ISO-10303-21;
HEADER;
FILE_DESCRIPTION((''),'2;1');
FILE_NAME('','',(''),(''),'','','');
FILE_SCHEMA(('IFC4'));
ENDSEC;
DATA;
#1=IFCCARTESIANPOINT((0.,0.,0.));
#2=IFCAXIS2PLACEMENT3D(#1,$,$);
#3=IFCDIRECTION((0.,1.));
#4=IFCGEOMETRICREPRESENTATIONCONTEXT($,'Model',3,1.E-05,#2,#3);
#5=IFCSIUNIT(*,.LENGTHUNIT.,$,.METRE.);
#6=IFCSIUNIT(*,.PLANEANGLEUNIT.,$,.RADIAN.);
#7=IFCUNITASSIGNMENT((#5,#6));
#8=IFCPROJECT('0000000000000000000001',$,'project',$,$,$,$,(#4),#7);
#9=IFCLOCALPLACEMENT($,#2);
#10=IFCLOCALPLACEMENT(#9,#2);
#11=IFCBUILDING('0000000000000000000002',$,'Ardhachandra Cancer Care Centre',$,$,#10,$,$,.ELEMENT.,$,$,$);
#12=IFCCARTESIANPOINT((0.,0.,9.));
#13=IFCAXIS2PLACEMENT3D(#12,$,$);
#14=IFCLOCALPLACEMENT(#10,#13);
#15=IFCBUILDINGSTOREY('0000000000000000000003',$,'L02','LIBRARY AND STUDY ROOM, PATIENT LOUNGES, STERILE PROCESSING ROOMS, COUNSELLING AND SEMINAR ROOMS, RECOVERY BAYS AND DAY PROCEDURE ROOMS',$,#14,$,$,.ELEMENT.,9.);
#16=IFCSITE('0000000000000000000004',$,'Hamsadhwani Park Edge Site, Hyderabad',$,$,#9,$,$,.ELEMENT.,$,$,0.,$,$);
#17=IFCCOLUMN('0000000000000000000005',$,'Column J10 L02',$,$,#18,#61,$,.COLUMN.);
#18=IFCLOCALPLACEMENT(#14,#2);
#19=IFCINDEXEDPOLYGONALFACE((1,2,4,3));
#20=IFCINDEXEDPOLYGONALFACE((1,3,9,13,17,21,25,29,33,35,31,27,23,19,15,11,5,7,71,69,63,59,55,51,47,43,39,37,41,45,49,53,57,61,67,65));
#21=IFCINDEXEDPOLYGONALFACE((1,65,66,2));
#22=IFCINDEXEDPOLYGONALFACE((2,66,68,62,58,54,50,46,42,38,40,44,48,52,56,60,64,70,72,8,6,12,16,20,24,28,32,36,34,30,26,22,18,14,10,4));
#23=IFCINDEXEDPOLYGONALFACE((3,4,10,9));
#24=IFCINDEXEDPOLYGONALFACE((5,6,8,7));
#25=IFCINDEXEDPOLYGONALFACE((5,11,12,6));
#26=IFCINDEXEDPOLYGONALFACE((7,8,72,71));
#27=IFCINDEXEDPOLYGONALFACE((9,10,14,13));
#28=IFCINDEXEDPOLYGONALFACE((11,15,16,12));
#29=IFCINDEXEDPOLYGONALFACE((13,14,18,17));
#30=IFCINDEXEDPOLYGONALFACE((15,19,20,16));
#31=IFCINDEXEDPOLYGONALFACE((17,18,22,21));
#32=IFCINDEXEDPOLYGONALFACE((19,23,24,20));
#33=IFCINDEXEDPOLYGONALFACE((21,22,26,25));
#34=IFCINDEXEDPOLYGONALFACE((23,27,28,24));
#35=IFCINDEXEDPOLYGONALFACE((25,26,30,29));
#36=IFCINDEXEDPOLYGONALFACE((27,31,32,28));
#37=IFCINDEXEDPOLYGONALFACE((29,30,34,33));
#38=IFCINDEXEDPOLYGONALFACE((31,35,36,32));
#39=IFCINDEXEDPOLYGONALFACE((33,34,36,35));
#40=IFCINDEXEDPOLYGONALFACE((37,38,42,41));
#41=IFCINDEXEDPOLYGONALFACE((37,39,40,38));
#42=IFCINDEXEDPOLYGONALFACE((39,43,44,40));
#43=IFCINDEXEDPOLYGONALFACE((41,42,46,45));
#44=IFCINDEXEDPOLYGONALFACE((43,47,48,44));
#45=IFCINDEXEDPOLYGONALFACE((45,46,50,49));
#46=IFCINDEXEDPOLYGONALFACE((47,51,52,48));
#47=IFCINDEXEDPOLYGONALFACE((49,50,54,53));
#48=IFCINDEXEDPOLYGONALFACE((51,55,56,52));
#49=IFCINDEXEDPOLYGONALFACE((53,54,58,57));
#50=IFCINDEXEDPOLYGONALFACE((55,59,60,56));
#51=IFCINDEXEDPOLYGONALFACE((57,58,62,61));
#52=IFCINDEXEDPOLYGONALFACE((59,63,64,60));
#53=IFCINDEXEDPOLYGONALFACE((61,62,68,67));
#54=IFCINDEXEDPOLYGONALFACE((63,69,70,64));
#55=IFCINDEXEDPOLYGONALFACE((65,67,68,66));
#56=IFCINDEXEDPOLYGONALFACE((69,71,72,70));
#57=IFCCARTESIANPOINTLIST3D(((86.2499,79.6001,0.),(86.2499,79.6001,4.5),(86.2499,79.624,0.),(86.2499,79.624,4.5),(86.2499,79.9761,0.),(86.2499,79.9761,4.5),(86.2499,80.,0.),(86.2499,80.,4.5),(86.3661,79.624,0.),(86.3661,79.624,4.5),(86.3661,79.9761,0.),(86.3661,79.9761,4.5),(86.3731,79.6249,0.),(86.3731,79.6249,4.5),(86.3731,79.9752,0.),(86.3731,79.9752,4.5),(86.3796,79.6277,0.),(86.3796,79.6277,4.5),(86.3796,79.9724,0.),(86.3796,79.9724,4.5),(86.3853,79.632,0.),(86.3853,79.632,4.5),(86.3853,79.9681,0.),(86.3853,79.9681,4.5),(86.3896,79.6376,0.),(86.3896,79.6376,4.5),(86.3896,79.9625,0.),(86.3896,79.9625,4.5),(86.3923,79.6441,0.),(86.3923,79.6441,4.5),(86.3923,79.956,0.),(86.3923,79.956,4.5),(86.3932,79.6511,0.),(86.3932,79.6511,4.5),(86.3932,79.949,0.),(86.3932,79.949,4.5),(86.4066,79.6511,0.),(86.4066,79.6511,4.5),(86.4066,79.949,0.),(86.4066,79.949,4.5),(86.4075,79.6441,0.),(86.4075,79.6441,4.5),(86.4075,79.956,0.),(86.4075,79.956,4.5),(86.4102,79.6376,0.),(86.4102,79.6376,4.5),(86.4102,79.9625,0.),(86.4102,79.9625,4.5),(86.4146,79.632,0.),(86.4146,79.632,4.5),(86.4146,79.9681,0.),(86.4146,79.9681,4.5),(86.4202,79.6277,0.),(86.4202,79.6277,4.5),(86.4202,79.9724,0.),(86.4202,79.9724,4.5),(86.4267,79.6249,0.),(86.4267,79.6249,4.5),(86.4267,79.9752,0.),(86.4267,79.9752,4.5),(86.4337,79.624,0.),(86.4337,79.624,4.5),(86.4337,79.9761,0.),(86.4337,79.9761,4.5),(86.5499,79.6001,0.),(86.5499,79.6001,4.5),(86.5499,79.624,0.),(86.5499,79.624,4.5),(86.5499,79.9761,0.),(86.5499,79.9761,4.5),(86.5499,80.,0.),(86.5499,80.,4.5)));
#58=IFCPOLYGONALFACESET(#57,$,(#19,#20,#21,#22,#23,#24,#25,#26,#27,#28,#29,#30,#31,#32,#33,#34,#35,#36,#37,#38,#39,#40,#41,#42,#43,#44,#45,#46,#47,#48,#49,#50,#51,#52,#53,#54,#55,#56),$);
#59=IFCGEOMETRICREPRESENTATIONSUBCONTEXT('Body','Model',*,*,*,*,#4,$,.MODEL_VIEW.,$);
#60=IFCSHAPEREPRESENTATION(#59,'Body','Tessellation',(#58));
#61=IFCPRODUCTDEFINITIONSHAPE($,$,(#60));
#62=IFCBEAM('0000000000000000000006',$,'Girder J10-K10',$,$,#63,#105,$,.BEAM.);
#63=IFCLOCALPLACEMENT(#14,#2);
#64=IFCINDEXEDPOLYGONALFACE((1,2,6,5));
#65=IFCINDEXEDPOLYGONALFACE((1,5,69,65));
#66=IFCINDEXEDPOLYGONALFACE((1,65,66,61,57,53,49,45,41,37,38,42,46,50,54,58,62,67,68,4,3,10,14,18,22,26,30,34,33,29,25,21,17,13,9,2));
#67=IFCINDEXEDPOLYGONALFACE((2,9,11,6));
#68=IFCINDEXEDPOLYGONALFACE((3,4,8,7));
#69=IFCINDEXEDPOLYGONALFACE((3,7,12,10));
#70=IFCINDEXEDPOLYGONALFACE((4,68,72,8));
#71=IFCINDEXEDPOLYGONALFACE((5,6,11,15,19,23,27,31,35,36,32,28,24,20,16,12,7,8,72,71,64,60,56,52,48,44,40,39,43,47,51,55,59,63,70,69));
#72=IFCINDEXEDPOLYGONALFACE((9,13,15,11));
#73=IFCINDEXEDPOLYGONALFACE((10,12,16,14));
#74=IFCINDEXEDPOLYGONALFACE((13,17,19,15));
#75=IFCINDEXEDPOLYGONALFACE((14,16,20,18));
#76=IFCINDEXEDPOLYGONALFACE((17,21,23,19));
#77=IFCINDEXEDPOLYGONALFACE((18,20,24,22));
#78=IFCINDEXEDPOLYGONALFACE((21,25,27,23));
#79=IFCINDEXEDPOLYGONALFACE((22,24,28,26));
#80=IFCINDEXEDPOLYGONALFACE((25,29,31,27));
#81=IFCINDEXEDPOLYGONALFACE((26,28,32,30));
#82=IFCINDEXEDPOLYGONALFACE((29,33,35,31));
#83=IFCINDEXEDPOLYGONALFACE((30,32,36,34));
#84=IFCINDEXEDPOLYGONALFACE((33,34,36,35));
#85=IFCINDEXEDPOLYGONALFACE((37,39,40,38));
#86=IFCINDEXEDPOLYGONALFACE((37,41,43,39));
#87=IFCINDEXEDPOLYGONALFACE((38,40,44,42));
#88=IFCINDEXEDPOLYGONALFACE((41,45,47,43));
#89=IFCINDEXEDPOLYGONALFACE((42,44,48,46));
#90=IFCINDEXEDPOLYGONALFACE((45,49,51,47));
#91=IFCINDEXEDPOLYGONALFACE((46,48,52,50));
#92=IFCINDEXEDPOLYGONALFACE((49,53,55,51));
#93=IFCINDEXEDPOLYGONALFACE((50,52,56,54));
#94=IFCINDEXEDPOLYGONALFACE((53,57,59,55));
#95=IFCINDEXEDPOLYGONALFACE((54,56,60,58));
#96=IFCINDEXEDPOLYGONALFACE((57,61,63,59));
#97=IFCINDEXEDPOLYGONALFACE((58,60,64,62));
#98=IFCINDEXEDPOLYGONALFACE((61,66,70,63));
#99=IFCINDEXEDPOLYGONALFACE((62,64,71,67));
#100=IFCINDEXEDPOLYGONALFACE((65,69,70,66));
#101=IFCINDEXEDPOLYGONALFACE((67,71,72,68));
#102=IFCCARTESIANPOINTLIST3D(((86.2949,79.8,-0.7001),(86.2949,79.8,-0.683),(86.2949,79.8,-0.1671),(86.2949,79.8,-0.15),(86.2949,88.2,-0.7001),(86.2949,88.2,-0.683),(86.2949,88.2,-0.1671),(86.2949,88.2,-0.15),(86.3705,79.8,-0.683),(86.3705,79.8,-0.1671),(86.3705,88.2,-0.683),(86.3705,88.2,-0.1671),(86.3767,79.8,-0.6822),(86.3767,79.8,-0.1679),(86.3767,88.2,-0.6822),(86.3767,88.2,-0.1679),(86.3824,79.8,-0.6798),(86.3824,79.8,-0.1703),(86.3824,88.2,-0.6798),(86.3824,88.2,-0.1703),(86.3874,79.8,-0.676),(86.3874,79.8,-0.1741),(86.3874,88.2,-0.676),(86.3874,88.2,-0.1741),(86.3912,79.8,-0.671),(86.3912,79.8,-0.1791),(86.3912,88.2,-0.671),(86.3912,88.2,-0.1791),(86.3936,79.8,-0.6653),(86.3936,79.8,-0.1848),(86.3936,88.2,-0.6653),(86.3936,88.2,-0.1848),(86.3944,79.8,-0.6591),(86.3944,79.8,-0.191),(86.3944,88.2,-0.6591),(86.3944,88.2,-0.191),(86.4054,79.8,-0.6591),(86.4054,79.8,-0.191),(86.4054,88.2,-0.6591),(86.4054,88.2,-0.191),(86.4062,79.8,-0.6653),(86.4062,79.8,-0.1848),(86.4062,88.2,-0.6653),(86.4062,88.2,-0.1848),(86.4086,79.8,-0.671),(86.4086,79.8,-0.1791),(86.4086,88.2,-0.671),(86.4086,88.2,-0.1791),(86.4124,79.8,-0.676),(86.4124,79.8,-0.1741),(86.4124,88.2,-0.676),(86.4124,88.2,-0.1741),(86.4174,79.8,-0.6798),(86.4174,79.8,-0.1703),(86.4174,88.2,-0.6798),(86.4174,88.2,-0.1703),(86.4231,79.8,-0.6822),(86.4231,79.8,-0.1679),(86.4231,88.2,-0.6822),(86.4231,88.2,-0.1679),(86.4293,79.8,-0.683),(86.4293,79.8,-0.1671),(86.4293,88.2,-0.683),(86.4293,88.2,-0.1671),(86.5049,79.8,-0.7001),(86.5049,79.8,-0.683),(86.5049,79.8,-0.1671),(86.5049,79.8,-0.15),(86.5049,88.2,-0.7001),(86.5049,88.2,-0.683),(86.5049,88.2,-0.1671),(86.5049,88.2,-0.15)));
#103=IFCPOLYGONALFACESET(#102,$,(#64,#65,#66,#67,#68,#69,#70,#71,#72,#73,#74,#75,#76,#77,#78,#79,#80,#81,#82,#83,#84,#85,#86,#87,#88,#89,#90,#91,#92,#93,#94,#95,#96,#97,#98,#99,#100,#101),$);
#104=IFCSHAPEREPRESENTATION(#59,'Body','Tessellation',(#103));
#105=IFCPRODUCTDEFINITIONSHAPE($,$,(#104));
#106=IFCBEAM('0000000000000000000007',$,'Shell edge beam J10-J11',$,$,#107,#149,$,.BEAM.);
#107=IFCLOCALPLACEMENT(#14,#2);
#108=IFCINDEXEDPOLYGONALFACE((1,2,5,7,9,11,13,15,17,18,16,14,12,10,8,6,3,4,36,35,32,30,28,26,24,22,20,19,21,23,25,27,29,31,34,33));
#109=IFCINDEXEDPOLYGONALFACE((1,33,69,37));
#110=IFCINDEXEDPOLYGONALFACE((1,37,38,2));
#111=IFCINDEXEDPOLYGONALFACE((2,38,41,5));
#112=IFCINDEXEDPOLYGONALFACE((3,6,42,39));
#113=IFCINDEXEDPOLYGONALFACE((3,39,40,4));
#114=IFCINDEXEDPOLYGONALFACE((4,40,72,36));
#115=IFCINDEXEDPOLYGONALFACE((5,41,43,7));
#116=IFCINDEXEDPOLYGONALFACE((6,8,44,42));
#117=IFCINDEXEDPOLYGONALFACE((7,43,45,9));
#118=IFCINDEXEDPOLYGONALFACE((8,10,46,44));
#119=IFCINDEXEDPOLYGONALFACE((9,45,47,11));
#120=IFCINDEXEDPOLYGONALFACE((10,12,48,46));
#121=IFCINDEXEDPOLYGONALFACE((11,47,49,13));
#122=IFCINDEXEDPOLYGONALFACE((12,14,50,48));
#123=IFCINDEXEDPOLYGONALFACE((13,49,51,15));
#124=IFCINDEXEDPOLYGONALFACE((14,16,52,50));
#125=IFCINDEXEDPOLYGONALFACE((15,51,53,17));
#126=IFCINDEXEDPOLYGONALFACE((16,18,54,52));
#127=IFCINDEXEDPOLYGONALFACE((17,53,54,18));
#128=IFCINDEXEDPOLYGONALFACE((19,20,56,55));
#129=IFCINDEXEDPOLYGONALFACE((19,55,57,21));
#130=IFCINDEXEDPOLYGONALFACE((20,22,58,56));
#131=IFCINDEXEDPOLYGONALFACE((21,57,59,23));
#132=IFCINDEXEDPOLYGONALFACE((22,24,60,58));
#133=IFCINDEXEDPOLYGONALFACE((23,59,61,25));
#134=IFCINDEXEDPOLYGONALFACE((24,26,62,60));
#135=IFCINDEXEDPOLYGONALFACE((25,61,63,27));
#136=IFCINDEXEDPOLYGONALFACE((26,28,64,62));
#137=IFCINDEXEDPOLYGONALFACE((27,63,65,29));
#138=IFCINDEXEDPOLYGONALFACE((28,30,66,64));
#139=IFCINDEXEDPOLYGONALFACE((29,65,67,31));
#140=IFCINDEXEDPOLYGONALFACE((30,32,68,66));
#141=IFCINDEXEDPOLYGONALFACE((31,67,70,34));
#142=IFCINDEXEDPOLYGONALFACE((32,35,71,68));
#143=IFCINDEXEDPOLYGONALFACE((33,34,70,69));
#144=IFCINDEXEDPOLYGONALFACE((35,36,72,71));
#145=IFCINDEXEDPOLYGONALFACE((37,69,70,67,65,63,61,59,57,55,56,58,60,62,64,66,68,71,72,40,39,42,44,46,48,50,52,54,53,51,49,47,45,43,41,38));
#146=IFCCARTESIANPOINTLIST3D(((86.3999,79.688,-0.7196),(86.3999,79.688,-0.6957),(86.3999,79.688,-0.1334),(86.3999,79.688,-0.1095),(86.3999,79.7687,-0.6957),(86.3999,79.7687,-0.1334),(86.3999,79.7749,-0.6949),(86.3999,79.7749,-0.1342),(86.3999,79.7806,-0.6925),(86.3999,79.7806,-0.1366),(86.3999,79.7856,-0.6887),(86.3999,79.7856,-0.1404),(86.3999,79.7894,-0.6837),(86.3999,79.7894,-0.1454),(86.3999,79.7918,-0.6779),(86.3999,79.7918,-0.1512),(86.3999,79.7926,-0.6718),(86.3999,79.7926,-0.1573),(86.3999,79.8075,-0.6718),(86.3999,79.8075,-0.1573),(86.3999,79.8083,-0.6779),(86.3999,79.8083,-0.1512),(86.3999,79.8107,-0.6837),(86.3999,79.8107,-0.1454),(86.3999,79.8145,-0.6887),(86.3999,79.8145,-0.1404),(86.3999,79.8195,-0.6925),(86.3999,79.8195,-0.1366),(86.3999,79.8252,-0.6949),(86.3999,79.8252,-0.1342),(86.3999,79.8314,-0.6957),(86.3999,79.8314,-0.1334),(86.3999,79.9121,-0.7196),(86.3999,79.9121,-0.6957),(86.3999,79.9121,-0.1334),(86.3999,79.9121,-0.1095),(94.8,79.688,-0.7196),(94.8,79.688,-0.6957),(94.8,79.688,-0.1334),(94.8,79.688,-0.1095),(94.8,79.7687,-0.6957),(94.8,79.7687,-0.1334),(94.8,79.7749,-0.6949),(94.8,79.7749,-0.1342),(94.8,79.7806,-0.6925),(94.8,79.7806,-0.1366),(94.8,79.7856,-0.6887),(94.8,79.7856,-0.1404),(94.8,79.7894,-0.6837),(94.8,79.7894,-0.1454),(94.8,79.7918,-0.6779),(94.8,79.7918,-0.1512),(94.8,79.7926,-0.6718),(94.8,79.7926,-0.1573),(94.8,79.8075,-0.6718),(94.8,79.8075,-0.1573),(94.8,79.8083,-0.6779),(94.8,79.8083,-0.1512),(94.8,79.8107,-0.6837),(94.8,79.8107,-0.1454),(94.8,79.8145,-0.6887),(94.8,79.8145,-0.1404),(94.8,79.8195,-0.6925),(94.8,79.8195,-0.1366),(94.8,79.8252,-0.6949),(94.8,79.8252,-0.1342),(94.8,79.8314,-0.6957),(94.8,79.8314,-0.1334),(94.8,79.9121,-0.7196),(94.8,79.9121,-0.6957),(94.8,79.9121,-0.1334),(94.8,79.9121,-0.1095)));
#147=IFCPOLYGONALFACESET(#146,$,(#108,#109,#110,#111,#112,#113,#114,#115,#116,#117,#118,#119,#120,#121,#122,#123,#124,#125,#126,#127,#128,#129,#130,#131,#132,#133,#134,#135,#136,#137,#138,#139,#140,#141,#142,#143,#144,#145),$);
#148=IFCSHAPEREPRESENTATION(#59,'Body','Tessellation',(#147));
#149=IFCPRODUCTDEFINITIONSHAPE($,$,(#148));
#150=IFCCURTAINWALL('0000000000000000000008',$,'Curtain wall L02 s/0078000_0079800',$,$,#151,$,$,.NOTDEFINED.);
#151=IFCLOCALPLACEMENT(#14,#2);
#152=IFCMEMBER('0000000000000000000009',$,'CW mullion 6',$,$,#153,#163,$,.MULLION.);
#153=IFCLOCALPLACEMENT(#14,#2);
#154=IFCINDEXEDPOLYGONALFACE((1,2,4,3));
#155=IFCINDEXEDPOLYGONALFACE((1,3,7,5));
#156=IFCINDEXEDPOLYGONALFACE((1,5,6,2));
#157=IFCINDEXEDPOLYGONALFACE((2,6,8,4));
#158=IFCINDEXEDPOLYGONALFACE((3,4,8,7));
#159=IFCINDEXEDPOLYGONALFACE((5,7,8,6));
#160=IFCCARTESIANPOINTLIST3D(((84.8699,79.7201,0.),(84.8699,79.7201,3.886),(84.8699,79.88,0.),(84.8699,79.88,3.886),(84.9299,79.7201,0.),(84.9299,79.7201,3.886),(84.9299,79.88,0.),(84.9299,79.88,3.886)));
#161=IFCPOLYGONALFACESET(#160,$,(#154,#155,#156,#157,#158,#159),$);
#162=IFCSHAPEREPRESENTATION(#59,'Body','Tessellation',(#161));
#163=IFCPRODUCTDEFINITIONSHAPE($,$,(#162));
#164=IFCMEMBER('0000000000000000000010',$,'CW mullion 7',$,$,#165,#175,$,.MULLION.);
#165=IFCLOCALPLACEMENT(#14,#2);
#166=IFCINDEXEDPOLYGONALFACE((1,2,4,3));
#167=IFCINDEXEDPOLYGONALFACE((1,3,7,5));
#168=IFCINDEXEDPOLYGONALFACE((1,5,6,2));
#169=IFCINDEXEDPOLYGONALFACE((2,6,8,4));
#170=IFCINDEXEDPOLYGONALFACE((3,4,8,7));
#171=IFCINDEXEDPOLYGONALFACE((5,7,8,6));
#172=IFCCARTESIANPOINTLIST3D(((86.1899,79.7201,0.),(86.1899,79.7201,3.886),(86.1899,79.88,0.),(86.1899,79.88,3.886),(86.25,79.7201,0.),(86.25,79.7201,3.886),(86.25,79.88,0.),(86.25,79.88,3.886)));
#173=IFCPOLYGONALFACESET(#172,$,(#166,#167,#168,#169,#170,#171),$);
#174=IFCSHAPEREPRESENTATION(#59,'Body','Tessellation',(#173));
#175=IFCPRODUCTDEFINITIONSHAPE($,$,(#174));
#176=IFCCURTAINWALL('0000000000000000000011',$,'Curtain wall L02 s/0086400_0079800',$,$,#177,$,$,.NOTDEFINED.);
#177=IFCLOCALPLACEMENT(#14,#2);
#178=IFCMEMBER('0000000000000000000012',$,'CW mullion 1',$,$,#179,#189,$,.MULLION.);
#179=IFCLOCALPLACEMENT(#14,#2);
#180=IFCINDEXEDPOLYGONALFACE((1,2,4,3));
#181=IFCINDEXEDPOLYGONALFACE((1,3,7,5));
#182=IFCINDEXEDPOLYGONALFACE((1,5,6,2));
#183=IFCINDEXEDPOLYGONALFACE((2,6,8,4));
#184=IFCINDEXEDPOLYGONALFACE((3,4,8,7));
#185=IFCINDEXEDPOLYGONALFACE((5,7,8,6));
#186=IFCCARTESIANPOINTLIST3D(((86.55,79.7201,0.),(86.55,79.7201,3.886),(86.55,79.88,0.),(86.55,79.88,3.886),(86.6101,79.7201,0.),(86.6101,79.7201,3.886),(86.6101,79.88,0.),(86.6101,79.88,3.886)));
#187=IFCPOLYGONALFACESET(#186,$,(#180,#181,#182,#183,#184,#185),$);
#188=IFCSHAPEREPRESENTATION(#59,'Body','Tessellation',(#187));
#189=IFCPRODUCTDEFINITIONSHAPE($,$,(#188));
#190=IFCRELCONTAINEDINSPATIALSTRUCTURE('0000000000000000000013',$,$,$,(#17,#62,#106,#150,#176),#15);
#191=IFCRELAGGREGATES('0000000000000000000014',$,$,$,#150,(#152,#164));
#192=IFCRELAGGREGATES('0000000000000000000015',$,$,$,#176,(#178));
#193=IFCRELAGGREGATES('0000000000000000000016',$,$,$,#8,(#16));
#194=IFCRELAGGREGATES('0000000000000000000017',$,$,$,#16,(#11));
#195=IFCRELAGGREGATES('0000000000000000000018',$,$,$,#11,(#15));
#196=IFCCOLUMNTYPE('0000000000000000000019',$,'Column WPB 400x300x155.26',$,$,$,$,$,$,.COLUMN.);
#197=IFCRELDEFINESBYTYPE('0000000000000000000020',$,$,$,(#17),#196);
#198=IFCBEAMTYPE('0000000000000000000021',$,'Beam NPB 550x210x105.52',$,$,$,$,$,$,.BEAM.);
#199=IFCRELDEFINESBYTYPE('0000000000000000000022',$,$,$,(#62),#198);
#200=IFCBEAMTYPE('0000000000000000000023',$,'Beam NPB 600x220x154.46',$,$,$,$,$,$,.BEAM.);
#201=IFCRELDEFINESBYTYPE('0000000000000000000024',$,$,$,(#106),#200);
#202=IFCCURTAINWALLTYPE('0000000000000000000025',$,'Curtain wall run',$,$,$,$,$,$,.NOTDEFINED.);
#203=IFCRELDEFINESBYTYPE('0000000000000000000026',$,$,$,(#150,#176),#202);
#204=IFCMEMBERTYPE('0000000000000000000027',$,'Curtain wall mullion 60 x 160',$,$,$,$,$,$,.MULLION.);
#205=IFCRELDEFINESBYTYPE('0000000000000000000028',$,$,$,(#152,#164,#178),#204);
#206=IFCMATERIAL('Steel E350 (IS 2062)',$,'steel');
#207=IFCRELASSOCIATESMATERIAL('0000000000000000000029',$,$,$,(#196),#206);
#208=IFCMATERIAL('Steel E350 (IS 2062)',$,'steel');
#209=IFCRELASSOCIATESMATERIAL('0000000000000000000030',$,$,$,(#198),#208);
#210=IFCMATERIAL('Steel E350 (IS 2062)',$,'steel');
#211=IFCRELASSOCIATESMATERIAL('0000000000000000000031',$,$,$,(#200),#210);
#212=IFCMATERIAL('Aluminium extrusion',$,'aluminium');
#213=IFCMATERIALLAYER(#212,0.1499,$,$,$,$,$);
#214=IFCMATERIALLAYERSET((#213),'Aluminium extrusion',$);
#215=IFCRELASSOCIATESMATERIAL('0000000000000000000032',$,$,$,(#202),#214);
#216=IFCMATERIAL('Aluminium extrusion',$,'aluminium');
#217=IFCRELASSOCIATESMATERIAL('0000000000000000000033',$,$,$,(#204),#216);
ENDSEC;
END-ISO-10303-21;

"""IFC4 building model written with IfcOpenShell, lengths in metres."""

from ifc_helpers import new_model, si_unit, direction, frame, origin, origin_2d, place, context, subcontext, project, spatial, rectangle, i_section, extrude, material, layer, layer_set, material_profile, profile_set, type_object, element, aggregate, save


model = new_model("IFC4")

# Units and contexts
model_context = context("Model", 3, precision=1e-05, world=origin(), true_north=direction((0.0, 1.0)))
body_context = subcontext(model_context, "Body", "Model", "MODEL_VIEW")
ifc_project = project(units=[si_unit("LENGTHUNIT", "METRE"), si_unit("PLANEANGLEUNIT", "RADIAN")], contexts=[model_context])

# Site, building, storey
site_placement = place(None, origin())
site = spatial("IfcSite", under=ifc_project, at=site_placement, Name="Hamsadhwani Park Edge Site, Hyderabad", CompositionType="ELEMENT", RefElevation=0.0)
building_placement = place(site_placement, origin())
building = spatial("IfcBuilding", under=site, at=building_placement, Name="Ardhachandra Cancer Care Centre", CompositionType="ELEMENT")
storey_placement = place(building_placement, frame((0.0, 0.0, 9.0)))
storey = spatial("IfcBuildingStorey", under=building, at=storey_placement, Name="L02", Description="LIBRARY AND STUDY ROOM, PATIENT LOUNGES, STERILE PROCESSING ROOMS, COUNSELLING AND SEMINAR ROOMS, RECOVERY BAYS AND DAY PROCEDURE ROOMS", CompositionType="ELEMENT", Elevation=9.0)

# Column
ifc_material_1 = material(Name="Steel E350 (IS 2062)", Category="steel")
ifc_material_profile_1 = material_profile(ifc_material_1, i_section(OverallWidth=0.3, OverallDepth=0.3999, WebThickness=0.0134, FlangeThickness=0.0239, FilletRadius=0.0271, at=origin_2d()), Name="WPB 400x300x155.26")
ifc_profile_set_1 = profile_set([ifc_material_profile_1], Name="Steel E350 (IS 2062)")
column_type = type_object("IfcColumnType", Name="Column WPB 400x300x155.26", PredefinedType="COLUMN", material=ifc_profile_set_1)
column_placement = place(storey_placement, frame((86.3999, 79.8, 0.0), z_axis=(0.0, 0.0, 1.0), x_axis=(1.0, 0.0, 0.0)))
element("IfcColumn", 1, at=column_placement, inside=storey, type_object=column_type, Name="Column J10 L02", PredefinedType="COLUMN", context=body_context, shape_type="SweptSolid", body=[
    extrude(i_section(OverallWidth=0.3, OverallDepth=0.3999, WebThickness=0.0134, FlangeThickness=0.0239, FilletRadius=0.0271, at=origin_2d()), origin(), (0.0, 0.0, 1.0), 4.5),
])

# Beams
ifc_material_2 = material(Name="Steel E350 (IS 2062)", Category="steel")
ifc_material_profile_2 = material_profile(ifc_material_2, i_section(OverallWidth=0.21, OverallDepth=0.55, WebThickness=0.011, FlangeThickness=0.0171, FilletRadius=0.0239, at=origin_2d()), Name="NPB 550x210x105.52")
ifc_profile_set_2 = profile_set([ifc_material_profile_2], Name="Steel E350 (IS 2062)")
beam_type_1 = type_object("IfcBeamType", Name="Beam NPB 550x210x105.52", PredefinedType="BEAM", material=ifc_profile_set_2)
beam_1_placement = place(storey_placement, frame((86.3999, 79.8, -0.425), z_axis=(0.0, 1.0, 0.0), x_axis=(-1.0, 0.0, 0.0)))
element("IfcBeam", 2, at=beam_1_placement, inside=storey, type_object=beam_type_1, Name="Girder J10-K10", PredefinedType="BEAM", context=body_context, shape_type="SweptSolid", body=[
    extrude(i_section(OverallWidth=0.21, OverallDepth=0.55, WebThickness=0.011, FlangeThickness=0.0171, FilletRadius=0.0239, at=origin_2d()), origin(), (0.0, 0.0, 1.0), 8.3999),
])
ifc_material_3 = material(Name="Steel E350 (IS 2062)", Category="steel")
ifc_material_profile_3 = material_profile(ifc_material_3, i_section(OverallWidth=0.2241, OverallDepth=0.6101, WebThickness=0.0149, FlangeThickness=0.0239, FilletRadius=0.0239, at=origin_2d()), Name="NPB 600x220x154.46")
ifc_profile_set_3 = profile_set([ifc_material_profile_3], Name="Steel E350 (IS 2062)")
beam_type_2 = type_object("IfcBeamType", Name="Beam NPB 600x220x154.46", PredefinedType="BEAM", material=ifc_profile_set_3)
beam_2_placement = place(storey_placement, frame((86.3999, 79.8, -0.4146), z_axis=(1.0, 0.0, 0.0), x_axis=(0.0, 1.0, 0.0)))
element("IfcBeam", 3, at=beam_2_placement, inside=storey, type_object=beam_type_2, Name="Shell edge beam J10-J11", PredefinedType="BEAM", context=body_context, shape_type="SweptSolid", body=[
    extrude(i_section(OverallWidth=0.2241, OverallDepth=0.6101, WebThickness=0.0149, FlangeThickness=0.0239, FilletRadius=0.0239, at=origin_2d()), origin(), (0.0, 0.0, 1.0), 8.4001),
])

# Curtain walls, members
ifc_material_4 = material(Name="Aluminium extrusion", Category="aluminium")
ifc_layer_1 = layer(ifc_material_4, 0.1499)
ifc_layer_set_1 = layer_set([ifc_layer_1], Name="Aluminium extrusion")
curtain_wall_type = type_object("IfcCurtainWallType", Name="Curtain wall run", PredefinedType="NOTDEFINED", material=ifc_layer_set_1)
curtain_wall_1_placement = place(storey_placement, origin())
curtain_wall_1 = element("IfcCurtainWall", 4, at=curtain_wall_1_placement, inside=storey, type_object=curtain_wall_type, Name="Curtain wall L02 s/0078000_0079800", PredefinedType="NOTDEFINED")
ifc_material_5 = material(Name="Aluminium extrusion", Category="aluminium")
ifc_material_profile_4 = material_profile(ifc_material_5, rectangle(XDim=0.1599, YDim=0.0601, at=origin_2d()), Name="Curtain wall mullion 60 x 160")
ifc_profile_set_4 = profile_set([ifc_material_profile_4], Name="Aluminium extrusion")
member_type_1 = type_object("IfcMemberType", Name="Curtain wall mullion 60 x 160", PredefinedType="MULLION", material=ifc_profile_set_4)
member_1_placement = place(storey_placement, frame((84.8999, 79.8, 0.0), z_axis=(0.0, 0.0, 1.0), x_axis=(0.0, 1.0, 0.0)))
member_1 = element("IfcMember", 5, at=member_1_placement, type_object=member_type_1, Name="CW mullion 6", PredefinedType="MULLION", context=body_context, shape_type="SweptSolid", body=[
    extrude(rectangle(XDim=0.1599, YDim=0.0601, at=origin_2d()), origin(), (0.0, 0.0, 1.0), 3.886),
])
member_2_placement = place(storey_placement, frame((86.22, 79.8, 0.0), z_axis=(0.0, 0.0, 1.0), x_axis=(0.0, 1.0, 0.0)))
member_2 = element("IfcMember", 6, at=member_2_placement, type_object=member_type_1, Name="CW mullion 7", PredefinedType="MULLION", context=body_context, shape_type="SweptSolid", body=[
    extrude(rectangle(XDim=0.1599, YDim=0.0601, at=origin_2d()), origin(), (0.0, 0.0, 1.0), 3.886),
])
curtain_wall_2_placement = place(storey_placement, origin())
curtain_wall_2 = element("IfcCurtainWall", 7, at=curtain_wall_2_placement, inside=storey, type_object=curtain_wall_type, Name="Curtain wall L02 s/0086400_0079800", PredefinedType="NOTDEFINED")
member_3_placement = place(storey_placement, frame((86.5801, 79.8, 0.0), z_axis=(0.0, 0.0, 1.0), x_axis=(0.0, 1.0, 0.0)))
member_3 = element("IfcMember", 8, at=member_3_placement, type_object=member_type_1, Name="CW mullion 1", PredefinedType="MULLION", context=body_context, shape_type="SweptSolid", body=[
    extrude(rectangle(XDim=0.1599, YDim=0.0601, at=origin_2d()), origin(), (0.0, 0.0, 1.0), 3.886),
])

aggregate(curtain_wall_1, [member_1, member_2])
aggregate(curtain_wall_2, [member_3])

save(model, "model.ifc")
